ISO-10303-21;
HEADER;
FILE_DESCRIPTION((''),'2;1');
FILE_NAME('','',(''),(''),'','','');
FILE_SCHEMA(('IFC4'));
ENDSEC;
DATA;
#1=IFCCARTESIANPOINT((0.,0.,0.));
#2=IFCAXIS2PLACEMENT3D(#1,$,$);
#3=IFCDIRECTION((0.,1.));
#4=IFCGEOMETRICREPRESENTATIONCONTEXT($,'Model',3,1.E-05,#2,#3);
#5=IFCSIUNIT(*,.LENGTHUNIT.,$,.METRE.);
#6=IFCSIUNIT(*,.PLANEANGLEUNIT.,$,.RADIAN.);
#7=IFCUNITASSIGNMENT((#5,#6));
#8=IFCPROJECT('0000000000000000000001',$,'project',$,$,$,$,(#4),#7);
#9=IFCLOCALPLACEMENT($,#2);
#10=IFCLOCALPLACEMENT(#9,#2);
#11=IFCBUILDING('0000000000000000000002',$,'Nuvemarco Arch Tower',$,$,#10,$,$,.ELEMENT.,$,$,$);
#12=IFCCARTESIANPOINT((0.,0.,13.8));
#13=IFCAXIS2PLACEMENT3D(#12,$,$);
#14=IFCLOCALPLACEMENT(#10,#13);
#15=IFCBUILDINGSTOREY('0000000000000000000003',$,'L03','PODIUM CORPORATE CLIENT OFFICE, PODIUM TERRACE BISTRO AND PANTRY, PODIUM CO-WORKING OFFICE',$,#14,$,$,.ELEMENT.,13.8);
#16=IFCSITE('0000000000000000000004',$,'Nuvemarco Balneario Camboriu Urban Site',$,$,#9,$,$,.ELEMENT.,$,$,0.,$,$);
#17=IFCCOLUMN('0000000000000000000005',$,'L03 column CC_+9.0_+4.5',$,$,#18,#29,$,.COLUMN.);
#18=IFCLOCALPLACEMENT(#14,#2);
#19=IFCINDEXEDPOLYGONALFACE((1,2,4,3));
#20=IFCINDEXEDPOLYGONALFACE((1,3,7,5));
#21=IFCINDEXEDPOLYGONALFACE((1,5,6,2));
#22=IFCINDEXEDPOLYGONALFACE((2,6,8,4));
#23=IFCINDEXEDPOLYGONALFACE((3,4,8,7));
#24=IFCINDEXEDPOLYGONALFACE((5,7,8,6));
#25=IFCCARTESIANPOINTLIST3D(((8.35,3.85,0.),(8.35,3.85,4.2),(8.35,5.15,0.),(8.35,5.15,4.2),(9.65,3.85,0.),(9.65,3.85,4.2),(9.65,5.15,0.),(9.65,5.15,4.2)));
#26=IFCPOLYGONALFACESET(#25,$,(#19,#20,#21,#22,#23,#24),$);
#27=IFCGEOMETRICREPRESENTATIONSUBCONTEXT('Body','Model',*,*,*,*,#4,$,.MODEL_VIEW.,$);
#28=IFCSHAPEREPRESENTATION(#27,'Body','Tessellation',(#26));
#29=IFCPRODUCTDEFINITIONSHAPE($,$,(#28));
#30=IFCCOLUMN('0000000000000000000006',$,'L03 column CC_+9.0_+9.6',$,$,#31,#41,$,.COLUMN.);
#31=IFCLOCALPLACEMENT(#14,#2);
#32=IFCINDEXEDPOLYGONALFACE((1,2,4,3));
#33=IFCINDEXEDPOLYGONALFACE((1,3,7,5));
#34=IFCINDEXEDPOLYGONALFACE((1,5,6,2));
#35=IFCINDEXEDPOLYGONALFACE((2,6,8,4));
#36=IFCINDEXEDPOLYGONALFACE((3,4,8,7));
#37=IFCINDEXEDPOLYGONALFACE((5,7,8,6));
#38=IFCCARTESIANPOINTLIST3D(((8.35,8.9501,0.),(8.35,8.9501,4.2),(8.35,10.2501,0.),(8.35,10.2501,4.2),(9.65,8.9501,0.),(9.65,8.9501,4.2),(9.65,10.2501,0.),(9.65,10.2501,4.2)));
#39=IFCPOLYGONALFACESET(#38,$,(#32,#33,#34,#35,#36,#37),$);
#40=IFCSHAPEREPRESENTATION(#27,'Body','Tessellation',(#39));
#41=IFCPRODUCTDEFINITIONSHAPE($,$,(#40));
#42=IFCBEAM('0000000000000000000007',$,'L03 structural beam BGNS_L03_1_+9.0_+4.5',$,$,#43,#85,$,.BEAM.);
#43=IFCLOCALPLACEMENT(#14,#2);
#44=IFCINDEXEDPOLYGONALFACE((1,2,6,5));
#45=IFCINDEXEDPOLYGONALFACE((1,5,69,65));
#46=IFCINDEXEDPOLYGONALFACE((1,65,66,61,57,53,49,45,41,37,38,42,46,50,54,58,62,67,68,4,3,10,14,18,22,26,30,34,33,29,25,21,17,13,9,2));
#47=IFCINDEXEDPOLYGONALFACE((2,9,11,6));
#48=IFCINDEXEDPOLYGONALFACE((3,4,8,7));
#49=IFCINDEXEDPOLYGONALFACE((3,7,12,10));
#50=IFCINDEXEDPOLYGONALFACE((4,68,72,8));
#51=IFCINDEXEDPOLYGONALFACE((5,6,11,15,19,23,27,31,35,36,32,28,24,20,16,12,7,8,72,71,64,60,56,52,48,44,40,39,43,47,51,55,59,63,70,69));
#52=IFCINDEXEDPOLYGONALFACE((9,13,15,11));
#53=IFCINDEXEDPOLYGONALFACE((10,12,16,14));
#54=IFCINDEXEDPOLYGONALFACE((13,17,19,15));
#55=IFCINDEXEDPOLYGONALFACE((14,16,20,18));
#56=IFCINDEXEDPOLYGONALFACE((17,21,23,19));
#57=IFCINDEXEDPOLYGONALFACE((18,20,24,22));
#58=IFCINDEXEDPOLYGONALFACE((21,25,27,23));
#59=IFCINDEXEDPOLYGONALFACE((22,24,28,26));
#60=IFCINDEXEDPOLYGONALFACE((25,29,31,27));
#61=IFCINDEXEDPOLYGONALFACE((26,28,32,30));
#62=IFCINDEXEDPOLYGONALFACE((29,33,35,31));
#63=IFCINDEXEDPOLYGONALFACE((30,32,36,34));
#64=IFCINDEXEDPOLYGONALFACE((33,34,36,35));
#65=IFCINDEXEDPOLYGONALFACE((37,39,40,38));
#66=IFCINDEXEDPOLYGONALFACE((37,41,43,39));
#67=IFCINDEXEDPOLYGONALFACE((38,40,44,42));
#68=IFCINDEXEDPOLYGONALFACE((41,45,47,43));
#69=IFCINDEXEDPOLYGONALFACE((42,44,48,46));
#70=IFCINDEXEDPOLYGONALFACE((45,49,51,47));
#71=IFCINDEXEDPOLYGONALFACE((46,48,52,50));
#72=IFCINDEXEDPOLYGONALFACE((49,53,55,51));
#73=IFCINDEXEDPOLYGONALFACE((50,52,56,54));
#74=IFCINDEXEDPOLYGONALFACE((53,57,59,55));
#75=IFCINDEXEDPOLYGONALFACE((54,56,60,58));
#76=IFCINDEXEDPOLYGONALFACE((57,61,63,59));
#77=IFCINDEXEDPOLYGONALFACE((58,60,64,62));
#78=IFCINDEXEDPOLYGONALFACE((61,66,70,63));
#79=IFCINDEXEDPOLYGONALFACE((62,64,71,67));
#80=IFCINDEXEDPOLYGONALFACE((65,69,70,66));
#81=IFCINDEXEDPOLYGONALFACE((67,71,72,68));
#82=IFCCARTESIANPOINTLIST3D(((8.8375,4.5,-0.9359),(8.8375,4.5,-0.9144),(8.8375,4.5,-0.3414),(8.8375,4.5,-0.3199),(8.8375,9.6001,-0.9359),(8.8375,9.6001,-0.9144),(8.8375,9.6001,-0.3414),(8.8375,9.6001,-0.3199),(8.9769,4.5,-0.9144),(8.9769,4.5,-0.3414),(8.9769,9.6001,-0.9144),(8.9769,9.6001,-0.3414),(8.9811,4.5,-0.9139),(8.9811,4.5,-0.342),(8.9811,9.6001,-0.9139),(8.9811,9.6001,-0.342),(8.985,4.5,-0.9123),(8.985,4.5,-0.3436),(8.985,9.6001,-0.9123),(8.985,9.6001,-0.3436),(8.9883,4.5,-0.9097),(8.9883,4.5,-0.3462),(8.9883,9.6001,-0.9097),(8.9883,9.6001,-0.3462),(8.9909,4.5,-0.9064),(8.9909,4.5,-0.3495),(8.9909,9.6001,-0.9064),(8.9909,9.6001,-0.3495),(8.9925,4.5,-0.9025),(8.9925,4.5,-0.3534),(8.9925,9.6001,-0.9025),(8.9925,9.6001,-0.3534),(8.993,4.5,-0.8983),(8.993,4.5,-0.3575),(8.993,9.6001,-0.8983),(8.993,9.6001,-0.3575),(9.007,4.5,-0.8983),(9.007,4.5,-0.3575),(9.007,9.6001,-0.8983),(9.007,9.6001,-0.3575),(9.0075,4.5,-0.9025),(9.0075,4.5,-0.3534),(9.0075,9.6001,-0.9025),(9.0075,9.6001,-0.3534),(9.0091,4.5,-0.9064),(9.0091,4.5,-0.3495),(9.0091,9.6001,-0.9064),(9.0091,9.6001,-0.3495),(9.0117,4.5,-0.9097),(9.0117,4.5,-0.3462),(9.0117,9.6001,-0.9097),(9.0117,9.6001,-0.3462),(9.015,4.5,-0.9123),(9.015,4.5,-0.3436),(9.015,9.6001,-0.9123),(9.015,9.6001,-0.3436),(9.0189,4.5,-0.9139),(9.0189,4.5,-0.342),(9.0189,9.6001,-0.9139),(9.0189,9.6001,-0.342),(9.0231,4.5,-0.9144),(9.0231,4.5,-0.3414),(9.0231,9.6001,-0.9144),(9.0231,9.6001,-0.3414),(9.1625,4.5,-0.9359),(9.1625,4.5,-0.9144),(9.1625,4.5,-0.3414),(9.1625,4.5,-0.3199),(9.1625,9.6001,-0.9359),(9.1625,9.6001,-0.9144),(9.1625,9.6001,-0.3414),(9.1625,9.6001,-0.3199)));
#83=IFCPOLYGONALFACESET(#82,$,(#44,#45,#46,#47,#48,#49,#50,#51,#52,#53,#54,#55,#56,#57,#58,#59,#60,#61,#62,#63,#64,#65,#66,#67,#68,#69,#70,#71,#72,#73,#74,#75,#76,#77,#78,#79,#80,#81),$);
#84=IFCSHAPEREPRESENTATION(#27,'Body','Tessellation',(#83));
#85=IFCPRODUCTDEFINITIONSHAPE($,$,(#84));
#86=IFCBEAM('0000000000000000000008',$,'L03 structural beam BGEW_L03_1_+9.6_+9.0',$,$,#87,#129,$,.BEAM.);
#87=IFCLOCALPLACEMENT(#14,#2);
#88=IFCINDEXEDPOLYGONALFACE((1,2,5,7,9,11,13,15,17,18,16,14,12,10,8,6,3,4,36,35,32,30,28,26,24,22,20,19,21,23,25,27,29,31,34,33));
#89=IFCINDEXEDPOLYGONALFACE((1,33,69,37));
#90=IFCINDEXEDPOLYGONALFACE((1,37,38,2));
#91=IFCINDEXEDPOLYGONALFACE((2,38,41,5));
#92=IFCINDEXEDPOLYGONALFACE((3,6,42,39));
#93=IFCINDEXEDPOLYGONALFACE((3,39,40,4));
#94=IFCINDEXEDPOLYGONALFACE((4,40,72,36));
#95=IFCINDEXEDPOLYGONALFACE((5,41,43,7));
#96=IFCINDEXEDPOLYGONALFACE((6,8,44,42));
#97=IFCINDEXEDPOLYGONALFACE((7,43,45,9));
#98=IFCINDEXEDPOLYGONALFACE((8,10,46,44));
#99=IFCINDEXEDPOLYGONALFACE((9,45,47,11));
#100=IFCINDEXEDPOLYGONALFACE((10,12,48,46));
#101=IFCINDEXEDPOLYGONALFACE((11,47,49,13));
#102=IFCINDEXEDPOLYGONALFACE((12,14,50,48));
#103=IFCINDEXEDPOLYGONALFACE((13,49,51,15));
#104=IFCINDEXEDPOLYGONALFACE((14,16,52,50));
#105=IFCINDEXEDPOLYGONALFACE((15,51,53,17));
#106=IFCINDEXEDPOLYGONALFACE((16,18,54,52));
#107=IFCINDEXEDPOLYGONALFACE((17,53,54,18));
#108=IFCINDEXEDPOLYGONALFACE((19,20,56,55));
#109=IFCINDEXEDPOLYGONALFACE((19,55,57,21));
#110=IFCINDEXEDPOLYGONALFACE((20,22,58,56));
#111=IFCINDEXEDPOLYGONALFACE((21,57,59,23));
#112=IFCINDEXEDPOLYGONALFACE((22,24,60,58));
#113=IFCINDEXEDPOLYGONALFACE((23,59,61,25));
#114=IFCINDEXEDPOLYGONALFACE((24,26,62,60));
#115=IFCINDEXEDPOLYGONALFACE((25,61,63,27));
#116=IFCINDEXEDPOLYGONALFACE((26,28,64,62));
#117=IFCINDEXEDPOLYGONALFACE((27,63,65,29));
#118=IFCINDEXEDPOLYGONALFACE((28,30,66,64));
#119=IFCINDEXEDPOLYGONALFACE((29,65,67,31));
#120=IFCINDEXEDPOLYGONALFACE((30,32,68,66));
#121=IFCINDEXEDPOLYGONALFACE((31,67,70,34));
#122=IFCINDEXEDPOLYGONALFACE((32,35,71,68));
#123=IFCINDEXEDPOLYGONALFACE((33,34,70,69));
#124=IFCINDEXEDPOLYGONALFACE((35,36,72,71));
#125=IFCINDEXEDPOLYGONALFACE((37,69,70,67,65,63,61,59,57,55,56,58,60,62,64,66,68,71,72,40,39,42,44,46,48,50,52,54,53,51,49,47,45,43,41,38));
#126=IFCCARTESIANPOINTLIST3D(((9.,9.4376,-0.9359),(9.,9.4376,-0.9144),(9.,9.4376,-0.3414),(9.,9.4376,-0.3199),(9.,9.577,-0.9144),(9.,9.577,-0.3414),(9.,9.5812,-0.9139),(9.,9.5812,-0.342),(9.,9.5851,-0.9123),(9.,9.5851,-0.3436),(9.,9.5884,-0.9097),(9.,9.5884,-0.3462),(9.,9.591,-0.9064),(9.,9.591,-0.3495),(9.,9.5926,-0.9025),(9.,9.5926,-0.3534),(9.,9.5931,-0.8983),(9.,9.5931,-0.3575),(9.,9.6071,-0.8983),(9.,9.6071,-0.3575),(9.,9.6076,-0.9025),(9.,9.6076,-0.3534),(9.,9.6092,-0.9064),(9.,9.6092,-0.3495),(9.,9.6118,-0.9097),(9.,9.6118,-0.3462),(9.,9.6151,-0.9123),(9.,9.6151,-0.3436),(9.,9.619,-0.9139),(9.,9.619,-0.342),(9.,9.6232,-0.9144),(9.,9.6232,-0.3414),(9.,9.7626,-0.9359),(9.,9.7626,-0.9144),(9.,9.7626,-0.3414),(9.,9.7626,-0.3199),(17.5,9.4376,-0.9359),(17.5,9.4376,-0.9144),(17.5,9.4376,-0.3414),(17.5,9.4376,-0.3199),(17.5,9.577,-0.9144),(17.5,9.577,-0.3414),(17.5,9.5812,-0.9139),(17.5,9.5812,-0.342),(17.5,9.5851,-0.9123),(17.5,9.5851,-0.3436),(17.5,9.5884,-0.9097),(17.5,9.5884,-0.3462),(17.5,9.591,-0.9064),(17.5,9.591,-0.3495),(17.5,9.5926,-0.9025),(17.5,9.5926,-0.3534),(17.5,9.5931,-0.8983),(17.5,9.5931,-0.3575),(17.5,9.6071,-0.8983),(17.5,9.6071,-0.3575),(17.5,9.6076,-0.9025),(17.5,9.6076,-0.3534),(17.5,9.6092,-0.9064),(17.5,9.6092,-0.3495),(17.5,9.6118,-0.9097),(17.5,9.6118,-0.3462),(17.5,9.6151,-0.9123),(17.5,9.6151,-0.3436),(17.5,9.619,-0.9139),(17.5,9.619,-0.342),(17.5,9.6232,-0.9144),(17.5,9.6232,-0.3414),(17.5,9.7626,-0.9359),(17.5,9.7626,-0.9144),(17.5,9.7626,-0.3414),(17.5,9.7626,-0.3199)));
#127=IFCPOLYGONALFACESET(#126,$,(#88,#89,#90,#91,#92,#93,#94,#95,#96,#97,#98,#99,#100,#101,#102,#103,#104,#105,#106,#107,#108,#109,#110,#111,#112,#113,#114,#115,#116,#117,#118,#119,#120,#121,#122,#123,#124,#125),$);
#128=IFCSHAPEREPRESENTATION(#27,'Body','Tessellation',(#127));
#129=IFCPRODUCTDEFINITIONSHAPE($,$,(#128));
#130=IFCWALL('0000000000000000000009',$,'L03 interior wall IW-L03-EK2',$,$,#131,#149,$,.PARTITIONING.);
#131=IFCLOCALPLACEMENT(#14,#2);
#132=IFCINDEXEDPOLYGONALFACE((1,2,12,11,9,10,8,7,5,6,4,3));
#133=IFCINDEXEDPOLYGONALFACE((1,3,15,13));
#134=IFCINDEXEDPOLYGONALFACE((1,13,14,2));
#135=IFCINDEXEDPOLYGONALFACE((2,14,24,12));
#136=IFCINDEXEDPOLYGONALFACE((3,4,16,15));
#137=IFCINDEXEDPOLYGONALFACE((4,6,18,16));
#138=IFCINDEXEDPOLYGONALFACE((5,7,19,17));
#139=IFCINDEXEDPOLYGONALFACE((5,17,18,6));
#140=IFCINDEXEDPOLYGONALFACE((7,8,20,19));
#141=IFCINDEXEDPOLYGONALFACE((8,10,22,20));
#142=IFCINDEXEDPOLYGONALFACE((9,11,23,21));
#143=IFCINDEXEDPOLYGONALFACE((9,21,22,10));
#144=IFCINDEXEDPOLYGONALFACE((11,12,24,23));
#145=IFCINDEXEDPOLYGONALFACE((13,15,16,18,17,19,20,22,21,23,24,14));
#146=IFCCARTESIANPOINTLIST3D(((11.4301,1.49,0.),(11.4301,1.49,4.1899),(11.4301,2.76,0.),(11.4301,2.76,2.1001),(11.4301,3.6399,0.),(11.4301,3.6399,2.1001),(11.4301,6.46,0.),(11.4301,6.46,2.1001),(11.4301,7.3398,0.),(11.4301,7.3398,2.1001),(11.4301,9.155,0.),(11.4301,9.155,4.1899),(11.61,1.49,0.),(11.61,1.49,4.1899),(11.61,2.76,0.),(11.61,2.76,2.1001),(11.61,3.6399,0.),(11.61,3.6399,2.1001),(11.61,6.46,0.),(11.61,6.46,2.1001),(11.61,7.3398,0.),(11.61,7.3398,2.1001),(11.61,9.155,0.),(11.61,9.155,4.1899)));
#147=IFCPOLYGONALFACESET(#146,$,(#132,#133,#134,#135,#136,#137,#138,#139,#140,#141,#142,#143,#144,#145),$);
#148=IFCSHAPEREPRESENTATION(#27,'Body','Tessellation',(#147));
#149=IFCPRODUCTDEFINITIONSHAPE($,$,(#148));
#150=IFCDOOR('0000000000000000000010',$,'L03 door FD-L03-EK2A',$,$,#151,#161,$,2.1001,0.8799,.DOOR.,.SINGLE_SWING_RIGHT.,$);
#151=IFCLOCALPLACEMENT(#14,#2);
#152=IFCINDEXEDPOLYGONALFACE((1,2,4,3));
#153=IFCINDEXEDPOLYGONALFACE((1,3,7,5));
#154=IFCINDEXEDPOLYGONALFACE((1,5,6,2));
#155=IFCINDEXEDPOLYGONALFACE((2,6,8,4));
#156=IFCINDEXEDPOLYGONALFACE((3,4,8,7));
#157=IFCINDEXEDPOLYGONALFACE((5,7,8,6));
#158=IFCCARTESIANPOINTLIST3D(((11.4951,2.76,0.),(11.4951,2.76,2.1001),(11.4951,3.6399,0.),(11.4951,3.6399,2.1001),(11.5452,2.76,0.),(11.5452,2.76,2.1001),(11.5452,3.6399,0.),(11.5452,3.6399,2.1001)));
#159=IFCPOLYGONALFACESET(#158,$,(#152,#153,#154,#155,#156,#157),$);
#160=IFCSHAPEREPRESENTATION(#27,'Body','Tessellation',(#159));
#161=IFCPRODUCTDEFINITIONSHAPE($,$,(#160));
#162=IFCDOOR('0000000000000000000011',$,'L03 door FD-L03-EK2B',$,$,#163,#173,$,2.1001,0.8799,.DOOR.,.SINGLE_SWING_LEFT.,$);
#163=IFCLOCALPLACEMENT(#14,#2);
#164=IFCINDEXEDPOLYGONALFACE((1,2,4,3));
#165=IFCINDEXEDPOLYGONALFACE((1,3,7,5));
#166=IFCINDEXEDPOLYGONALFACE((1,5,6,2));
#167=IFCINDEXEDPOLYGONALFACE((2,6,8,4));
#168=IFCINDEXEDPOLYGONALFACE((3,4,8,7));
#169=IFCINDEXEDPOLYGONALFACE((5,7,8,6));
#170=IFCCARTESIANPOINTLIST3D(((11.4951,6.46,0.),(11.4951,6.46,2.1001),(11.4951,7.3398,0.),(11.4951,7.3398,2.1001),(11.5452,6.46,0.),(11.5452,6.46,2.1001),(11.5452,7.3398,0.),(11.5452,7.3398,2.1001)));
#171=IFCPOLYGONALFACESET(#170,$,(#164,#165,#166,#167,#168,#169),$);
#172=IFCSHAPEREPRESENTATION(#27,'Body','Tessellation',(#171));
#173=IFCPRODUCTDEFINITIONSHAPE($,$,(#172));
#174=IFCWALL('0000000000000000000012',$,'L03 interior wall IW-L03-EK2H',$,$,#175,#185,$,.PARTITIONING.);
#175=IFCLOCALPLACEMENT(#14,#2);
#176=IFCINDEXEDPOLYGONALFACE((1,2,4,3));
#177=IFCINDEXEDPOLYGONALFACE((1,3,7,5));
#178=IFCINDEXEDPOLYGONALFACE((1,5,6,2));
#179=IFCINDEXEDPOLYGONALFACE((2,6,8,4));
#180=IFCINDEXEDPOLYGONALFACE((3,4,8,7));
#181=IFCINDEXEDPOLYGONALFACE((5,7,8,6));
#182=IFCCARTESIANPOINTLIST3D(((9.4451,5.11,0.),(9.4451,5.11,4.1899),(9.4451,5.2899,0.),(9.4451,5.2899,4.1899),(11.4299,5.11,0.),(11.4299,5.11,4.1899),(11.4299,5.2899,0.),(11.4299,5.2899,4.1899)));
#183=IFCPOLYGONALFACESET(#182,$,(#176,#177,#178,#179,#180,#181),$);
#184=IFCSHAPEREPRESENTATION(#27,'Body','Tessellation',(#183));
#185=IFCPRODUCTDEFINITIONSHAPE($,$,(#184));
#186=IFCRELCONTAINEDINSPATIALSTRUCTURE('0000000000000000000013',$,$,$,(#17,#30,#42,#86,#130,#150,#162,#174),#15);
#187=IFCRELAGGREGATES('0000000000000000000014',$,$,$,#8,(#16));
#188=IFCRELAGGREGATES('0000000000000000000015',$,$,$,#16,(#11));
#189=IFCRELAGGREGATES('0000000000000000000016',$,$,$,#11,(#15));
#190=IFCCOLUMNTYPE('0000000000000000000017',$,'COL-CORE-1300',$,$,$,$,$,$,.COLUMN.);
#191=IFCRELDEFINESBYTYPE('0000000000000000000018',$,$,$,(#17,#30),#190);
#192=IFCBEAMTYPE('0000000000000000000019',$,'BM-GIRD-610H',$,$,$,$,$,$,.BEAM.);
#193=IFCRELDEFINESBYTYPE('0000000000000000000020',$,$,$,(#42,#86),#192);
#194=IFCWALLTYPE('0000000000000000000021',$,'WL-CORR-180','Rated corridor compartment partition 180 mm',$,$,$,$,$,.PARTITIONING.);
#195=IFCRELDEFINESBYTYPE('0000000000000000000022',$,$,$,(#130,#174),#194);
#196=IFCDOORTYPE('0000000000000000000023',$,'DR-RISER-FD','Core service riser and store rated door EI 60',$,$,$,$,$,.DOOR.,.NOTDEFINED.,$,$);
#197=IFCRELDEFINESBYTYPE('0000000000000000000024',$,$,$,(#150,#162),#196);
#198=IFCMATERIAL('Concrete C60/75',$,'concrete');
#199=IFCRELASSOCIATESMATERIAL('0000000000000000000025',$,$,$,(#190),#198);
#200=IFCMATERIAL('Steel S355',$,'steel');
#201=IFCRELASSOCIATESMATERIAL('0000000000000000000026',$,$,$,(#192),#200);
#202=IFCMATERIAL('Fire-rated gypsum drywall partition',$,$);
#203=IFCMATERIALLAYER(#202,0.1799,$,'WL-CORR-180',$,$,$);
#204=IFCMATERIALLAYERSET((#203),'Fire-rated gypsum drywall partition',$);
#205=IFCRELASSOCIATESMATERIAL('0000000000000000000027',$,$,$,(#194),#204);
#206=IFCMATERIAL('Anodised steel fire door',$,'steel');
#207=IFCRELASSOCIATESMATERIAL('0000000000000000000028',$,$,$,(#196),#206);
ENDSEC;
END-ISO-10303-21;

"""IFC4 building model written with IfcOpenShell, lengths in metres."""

from ifc_helpers import new_model, si_unit, direction, frame, frame_2d, origin, origin_2d, place, context, subcontext, project, spatial, rectangle, i_section, extrude, source, transform, mapped, material, layer, layer_set, material_profile, profile_set, type_object, type_shapes, element, fill, save


model = new_model("IFC4")

# Units and contexts
model_context = context("Model", 3, precision=1e-05, world=origin(), true_north=direction((0.0, 1.0)))
body_context = subcontext(model_context, "Body", "Model", "MODEL_VIEW")
ifc_project = project(units=[si_unit("LENGTHUNIT", "METRE"), si_unit("PLANEANGLEUNIT", "RADIAN")], contexts=[model_context])

# Site, building, storey
site_placement = place(None, origin())
site = spatial("IfcSite", under=ifc_project, at=site_placement, Name="Nuvemarco Balneario Camboriu Urban Site", CompositionType="ELEMENT", RefElevation=0.0)
building_placement = place(site_placement, origin())
building = spatial("IfcBuilding", under=site, at=building_placement, Name="Nuvemarco Arch Tower", CompositionType="ELEMENT")
storey_placement = place(building_placement, frame((0.0, 0.0, 13.8)))
storey = spatial("IfcBuildingStorey", under=building, at=storey_placement, Name="L03", Description="PODIUM CORPORATE CLIENT OFFICE, PODIUM TERRACE BISTRO AND PANTRY, PODIUM CO-WORKING OFFICE", CompositionType="ELEMENT", Elevation=13.8)

# Columns
ifc_material_1 = material(Name="Concrete C60/75", Category="concrete")
ifc_material_profile_1 = material_profile(ifc_material_1, rectangle(XDim=1.3, YDim=1.3, at=origin_2d()), Name="RC-COL-1300x1300")
ifc_profile_set_1 = profile_set([ifc_material_profile_1], Name="Concrete C60/75")
column_type = type_object("IfcColumnType", Name="COL-CORE-1300", PredefinedType="COLUMN", material=ifc_profile_set_1)
for number, where, z_axis, x_axis, name in (
    (1, (9.0, 4.5, 0.0), (0.0, 0.0, 1.0), (1.0, 0.0, 0.0), "L03 column CC_+9.0_+4.5"),
    (2, (9.0, 9.6001, 0.0), (0.0, 0.0, 1.0), (1.0, 0.0, 0.0), "L03 column CC_+9.0_+9.6"),
):
    element("IfcColumn", number, at=place(storey_placement, frame(where, z_axis=z_axis, x_axis=x_axis)), inside=storey, type_object=column_type, Name=name, PredefinedType="COLUMN", context=body_context, shape_type="SweptSolid", body=[
        extrude(rectangle(XDim=1.3, YDim=1.3, at=origin_2d()), origin(), (0.0, 0.0, 1.0), 4.2),
    ])

# Beams
ifc_material_2 = material(Name="Steel S355", Category="steel")
ifc_material_profile_2 = material_profile(ifc_material_2, i_section(OverallWidth=0.325, OverallDepth=0.616, WebThickness=0.0139, FlangeThickness=0.0215, FilletRadius=0.0161, at=origin_2d()), Name="W610x174")
ifc_profile_set_2 = profile_set([ifc_material_profile_2], Name="Steel S355")
beam_type = type_object("IfcBeamType", Name="BM-GIRD-610H", PredefinedType="BEAM", material=ifc_profile_set_2)
beam_1_placement = place(storey_placement, frame((9.0, 4.5, -0.6279), z_axis=(0.0, 1.0, 0.0), x_axis=(-1.0, 0.0, 0.0)))
element("IfcBeam", 3, at=beam_1_placement, inside=storey, type_object=beam_type, Name="L03 structural beam BGNS_L03_1_+9.0_+4.5", PredefinedType="BEAM", context=body_context, shape_type="SweptSolid", body=[
    extrude(i_section(OverallWidth=0.325, OverallDepth=0.616, WebThickness=0.0139, FlangeThickness=0.0215, FilletRadius=0.0161, at=origin_2d()), origin(), (0.0, 0.0, 1.0), 5.1001),
])
beam_2_placement = place(storey_placement, frame((9.0, 9.6001, -0.6279), z_axis=(1.0, 0.0, 0.0), x_axis=(0.0, 1.0, 0.0)))
element("IfcBeam", 4, at=beam_2_placement, inside=storey, type_object=beam_type, Name="L03 structural beam BGEW_L03_1_+9.6_+9.0", PredefinedType="BEAM", context=body_context, shape_type="SweptSolid", body=[
    extrude(i_section(OverallWidth=0.325, OverallDepth=0.616, WebThickness=0.0139, FlangeThickness=0.0215, FilletRadius=0.0161, at=origin_2d()), origin(), (0.0, 0.0, 1.0), 8.5),
])

# Shared definitions
ifc_material_3 = material(Name="Anodised steel fire door", Category="steel")
ifc_material_4 = material(Name="Fire-rated gypsum drywall partition")
ifc_layer_1 = layer(ifc_material_4, 0.1799, Name="WL-CORR-180")
ifc_layer_set_1 = layer_set([ifc_layer_1], Name="Fire-rated gypsum drywall partition")
wall_type_1 = type_object("IfcWallType", Name="WL-CORR-180", Description="Rated corridor compartment partition 180 mm", PredefinedType="PARTITIONING", material=ifc_layer_set_1)

# Wall, openings, doors
wall_1_placement = place(storey_placement, frame((11.52, 1.49, 0.0), z_axis=(0.0, 0.0, 1.0), x_axis=(0.0, 1.0, 0.0)))
wall_1 = element("IfcWall", 5, at=wall_1_placement, inside=storey, type_object=wall_type_1, Name="L03 interior wall IW-L03-EK2", PredefinedType="PARTITIONING", context=body_context, shape_type="SweptSolid", body=[
    extrude(rectangle(XDim=7.665, YDim=0.1799, at=frame_2d((3.8325, 0.0))), origin(), (0.0, 0.0, 1.0), 4.1899),
])
opening_1_placement = place(wall_1_placement, frame((1.27, 0.0, 0.0)))
opening_1 = element("IfcOpeningElement", 6, at=opening_1_placement, cuts=wall_1, PredefinedType="OPENING", context=body_context, shape_type="SweptSolid", body=[
    extrude(rectangle(XDim=0.8799, YDim=2.1001, at=frame_2d((0.4399, 1.05))), frame((0.0, 0.0999, 0.0), z_axis=(0.0, -1.0, 0.0), x_axis=(1.0, 0.0, 0.0)), (0.0, 0.0, 1.0), 0.2),
])
opening_2_placement = place(wall_1_placement, frame((4.97, 0.0, 0.0)))
opening_2 = element("IfcOpeningElement", 7, at=opening_2_placement, cuts=wall_1, PredefinedType="OPENING", context=body_context, shape_type="SweptSolid", body=[
    extrude(rectangle(XDim=0.8799, YDim=2.1001, at=frame_2d((0.4399, 1.05))), frame((0.0, 0.0999, 0.0), z_axis=(0.0, -1.0, 0.0), x_axis=(1.0, 0.0, 0.0)), (0.0, 0.0, 1.0), 0.2),
])
door_type_1 = type_object("IfcDoorType", Name="DR-RISER-FD", Description="Core service riser and store rated door EI 60", OperationType="NOTDEFINED", PredefinedType="DOOR", material=ifc_material_3)
shared_shape_1 = source(origin(), body_context, "Body", "SweptSolid", [
    extrude(rectangle(XDim=0.8799, YDim=2.1001, at=frame_2d((0.4399, 1.05))), frame((0.0, 0.0249, 0.0), z_axis=(0.0, -1.0, 0.0), x_axis=(1.0, 0.0, 0.0)), (0.0, 0.0, 1.0), 0.05),
])
type_shapes(door_type_1, [shared_shape_1])
door_1_placement = place(opening_1_placement, origin())
door_1 = element("IfcDoor", 8, at=door_1_placement, inside=storey, type_object=door_type_1, Name="L03 door FD-L03-EK2A", OperationType="SINGLE_SWING_RIGHT", OverallHeight=2.1001, OverallWidth=0.8799, PredefinedType="DOOR", context=body_context, shape_type="MappedRepresentation", body=[
    mapped(shared_shape_1, transform((0.0, 0.0, 0.0), scale=1.0)),
])
fill(opening_1, door_1)
door_2_placement = place(opening_2_placement, origin())
door_2 = element("IfcDoor", 9, at=door_2_placement, inside=storey, type_object=door_type_1, Name="L03 door FD-L03-EK2B", OperationType="SINGLE_SWING_LEFT", OverallHeight=2.1001, OverallWidth=0.8799, PredefinedType="DOOR", context=body_context, shape_type="MappedRepresentation", body=[
    mapped(shared_shape_1, transform((0.0, 0.0, 0.0), scale=1.0)),
])
fill(opening_2, door_2)

# Wall
wall_2_placement = place(storey_placement, frame((9.4451, 5.2, 0.0), z_axis=(0.0, 0.0, 1.0), x_axis=(1.0, 0.0, 0.0)))
element("IfcWall", 10, at=wall_2_placement, inside=storey, type_object=wall_type_1, Name="L03 interior wall IW-L03-EK2H", PredefinedType="PARTITIONING", context=body_context, shape_type="SweptSolid", body=[
    extrude(rectangle(XDim=1.9849, YDim=0.1799, at=frame_2d((0.9924, 0.0))), origin(), (0.0, 0.0, 1.0), 4.1899),
])

save(model, "model.ifc")
